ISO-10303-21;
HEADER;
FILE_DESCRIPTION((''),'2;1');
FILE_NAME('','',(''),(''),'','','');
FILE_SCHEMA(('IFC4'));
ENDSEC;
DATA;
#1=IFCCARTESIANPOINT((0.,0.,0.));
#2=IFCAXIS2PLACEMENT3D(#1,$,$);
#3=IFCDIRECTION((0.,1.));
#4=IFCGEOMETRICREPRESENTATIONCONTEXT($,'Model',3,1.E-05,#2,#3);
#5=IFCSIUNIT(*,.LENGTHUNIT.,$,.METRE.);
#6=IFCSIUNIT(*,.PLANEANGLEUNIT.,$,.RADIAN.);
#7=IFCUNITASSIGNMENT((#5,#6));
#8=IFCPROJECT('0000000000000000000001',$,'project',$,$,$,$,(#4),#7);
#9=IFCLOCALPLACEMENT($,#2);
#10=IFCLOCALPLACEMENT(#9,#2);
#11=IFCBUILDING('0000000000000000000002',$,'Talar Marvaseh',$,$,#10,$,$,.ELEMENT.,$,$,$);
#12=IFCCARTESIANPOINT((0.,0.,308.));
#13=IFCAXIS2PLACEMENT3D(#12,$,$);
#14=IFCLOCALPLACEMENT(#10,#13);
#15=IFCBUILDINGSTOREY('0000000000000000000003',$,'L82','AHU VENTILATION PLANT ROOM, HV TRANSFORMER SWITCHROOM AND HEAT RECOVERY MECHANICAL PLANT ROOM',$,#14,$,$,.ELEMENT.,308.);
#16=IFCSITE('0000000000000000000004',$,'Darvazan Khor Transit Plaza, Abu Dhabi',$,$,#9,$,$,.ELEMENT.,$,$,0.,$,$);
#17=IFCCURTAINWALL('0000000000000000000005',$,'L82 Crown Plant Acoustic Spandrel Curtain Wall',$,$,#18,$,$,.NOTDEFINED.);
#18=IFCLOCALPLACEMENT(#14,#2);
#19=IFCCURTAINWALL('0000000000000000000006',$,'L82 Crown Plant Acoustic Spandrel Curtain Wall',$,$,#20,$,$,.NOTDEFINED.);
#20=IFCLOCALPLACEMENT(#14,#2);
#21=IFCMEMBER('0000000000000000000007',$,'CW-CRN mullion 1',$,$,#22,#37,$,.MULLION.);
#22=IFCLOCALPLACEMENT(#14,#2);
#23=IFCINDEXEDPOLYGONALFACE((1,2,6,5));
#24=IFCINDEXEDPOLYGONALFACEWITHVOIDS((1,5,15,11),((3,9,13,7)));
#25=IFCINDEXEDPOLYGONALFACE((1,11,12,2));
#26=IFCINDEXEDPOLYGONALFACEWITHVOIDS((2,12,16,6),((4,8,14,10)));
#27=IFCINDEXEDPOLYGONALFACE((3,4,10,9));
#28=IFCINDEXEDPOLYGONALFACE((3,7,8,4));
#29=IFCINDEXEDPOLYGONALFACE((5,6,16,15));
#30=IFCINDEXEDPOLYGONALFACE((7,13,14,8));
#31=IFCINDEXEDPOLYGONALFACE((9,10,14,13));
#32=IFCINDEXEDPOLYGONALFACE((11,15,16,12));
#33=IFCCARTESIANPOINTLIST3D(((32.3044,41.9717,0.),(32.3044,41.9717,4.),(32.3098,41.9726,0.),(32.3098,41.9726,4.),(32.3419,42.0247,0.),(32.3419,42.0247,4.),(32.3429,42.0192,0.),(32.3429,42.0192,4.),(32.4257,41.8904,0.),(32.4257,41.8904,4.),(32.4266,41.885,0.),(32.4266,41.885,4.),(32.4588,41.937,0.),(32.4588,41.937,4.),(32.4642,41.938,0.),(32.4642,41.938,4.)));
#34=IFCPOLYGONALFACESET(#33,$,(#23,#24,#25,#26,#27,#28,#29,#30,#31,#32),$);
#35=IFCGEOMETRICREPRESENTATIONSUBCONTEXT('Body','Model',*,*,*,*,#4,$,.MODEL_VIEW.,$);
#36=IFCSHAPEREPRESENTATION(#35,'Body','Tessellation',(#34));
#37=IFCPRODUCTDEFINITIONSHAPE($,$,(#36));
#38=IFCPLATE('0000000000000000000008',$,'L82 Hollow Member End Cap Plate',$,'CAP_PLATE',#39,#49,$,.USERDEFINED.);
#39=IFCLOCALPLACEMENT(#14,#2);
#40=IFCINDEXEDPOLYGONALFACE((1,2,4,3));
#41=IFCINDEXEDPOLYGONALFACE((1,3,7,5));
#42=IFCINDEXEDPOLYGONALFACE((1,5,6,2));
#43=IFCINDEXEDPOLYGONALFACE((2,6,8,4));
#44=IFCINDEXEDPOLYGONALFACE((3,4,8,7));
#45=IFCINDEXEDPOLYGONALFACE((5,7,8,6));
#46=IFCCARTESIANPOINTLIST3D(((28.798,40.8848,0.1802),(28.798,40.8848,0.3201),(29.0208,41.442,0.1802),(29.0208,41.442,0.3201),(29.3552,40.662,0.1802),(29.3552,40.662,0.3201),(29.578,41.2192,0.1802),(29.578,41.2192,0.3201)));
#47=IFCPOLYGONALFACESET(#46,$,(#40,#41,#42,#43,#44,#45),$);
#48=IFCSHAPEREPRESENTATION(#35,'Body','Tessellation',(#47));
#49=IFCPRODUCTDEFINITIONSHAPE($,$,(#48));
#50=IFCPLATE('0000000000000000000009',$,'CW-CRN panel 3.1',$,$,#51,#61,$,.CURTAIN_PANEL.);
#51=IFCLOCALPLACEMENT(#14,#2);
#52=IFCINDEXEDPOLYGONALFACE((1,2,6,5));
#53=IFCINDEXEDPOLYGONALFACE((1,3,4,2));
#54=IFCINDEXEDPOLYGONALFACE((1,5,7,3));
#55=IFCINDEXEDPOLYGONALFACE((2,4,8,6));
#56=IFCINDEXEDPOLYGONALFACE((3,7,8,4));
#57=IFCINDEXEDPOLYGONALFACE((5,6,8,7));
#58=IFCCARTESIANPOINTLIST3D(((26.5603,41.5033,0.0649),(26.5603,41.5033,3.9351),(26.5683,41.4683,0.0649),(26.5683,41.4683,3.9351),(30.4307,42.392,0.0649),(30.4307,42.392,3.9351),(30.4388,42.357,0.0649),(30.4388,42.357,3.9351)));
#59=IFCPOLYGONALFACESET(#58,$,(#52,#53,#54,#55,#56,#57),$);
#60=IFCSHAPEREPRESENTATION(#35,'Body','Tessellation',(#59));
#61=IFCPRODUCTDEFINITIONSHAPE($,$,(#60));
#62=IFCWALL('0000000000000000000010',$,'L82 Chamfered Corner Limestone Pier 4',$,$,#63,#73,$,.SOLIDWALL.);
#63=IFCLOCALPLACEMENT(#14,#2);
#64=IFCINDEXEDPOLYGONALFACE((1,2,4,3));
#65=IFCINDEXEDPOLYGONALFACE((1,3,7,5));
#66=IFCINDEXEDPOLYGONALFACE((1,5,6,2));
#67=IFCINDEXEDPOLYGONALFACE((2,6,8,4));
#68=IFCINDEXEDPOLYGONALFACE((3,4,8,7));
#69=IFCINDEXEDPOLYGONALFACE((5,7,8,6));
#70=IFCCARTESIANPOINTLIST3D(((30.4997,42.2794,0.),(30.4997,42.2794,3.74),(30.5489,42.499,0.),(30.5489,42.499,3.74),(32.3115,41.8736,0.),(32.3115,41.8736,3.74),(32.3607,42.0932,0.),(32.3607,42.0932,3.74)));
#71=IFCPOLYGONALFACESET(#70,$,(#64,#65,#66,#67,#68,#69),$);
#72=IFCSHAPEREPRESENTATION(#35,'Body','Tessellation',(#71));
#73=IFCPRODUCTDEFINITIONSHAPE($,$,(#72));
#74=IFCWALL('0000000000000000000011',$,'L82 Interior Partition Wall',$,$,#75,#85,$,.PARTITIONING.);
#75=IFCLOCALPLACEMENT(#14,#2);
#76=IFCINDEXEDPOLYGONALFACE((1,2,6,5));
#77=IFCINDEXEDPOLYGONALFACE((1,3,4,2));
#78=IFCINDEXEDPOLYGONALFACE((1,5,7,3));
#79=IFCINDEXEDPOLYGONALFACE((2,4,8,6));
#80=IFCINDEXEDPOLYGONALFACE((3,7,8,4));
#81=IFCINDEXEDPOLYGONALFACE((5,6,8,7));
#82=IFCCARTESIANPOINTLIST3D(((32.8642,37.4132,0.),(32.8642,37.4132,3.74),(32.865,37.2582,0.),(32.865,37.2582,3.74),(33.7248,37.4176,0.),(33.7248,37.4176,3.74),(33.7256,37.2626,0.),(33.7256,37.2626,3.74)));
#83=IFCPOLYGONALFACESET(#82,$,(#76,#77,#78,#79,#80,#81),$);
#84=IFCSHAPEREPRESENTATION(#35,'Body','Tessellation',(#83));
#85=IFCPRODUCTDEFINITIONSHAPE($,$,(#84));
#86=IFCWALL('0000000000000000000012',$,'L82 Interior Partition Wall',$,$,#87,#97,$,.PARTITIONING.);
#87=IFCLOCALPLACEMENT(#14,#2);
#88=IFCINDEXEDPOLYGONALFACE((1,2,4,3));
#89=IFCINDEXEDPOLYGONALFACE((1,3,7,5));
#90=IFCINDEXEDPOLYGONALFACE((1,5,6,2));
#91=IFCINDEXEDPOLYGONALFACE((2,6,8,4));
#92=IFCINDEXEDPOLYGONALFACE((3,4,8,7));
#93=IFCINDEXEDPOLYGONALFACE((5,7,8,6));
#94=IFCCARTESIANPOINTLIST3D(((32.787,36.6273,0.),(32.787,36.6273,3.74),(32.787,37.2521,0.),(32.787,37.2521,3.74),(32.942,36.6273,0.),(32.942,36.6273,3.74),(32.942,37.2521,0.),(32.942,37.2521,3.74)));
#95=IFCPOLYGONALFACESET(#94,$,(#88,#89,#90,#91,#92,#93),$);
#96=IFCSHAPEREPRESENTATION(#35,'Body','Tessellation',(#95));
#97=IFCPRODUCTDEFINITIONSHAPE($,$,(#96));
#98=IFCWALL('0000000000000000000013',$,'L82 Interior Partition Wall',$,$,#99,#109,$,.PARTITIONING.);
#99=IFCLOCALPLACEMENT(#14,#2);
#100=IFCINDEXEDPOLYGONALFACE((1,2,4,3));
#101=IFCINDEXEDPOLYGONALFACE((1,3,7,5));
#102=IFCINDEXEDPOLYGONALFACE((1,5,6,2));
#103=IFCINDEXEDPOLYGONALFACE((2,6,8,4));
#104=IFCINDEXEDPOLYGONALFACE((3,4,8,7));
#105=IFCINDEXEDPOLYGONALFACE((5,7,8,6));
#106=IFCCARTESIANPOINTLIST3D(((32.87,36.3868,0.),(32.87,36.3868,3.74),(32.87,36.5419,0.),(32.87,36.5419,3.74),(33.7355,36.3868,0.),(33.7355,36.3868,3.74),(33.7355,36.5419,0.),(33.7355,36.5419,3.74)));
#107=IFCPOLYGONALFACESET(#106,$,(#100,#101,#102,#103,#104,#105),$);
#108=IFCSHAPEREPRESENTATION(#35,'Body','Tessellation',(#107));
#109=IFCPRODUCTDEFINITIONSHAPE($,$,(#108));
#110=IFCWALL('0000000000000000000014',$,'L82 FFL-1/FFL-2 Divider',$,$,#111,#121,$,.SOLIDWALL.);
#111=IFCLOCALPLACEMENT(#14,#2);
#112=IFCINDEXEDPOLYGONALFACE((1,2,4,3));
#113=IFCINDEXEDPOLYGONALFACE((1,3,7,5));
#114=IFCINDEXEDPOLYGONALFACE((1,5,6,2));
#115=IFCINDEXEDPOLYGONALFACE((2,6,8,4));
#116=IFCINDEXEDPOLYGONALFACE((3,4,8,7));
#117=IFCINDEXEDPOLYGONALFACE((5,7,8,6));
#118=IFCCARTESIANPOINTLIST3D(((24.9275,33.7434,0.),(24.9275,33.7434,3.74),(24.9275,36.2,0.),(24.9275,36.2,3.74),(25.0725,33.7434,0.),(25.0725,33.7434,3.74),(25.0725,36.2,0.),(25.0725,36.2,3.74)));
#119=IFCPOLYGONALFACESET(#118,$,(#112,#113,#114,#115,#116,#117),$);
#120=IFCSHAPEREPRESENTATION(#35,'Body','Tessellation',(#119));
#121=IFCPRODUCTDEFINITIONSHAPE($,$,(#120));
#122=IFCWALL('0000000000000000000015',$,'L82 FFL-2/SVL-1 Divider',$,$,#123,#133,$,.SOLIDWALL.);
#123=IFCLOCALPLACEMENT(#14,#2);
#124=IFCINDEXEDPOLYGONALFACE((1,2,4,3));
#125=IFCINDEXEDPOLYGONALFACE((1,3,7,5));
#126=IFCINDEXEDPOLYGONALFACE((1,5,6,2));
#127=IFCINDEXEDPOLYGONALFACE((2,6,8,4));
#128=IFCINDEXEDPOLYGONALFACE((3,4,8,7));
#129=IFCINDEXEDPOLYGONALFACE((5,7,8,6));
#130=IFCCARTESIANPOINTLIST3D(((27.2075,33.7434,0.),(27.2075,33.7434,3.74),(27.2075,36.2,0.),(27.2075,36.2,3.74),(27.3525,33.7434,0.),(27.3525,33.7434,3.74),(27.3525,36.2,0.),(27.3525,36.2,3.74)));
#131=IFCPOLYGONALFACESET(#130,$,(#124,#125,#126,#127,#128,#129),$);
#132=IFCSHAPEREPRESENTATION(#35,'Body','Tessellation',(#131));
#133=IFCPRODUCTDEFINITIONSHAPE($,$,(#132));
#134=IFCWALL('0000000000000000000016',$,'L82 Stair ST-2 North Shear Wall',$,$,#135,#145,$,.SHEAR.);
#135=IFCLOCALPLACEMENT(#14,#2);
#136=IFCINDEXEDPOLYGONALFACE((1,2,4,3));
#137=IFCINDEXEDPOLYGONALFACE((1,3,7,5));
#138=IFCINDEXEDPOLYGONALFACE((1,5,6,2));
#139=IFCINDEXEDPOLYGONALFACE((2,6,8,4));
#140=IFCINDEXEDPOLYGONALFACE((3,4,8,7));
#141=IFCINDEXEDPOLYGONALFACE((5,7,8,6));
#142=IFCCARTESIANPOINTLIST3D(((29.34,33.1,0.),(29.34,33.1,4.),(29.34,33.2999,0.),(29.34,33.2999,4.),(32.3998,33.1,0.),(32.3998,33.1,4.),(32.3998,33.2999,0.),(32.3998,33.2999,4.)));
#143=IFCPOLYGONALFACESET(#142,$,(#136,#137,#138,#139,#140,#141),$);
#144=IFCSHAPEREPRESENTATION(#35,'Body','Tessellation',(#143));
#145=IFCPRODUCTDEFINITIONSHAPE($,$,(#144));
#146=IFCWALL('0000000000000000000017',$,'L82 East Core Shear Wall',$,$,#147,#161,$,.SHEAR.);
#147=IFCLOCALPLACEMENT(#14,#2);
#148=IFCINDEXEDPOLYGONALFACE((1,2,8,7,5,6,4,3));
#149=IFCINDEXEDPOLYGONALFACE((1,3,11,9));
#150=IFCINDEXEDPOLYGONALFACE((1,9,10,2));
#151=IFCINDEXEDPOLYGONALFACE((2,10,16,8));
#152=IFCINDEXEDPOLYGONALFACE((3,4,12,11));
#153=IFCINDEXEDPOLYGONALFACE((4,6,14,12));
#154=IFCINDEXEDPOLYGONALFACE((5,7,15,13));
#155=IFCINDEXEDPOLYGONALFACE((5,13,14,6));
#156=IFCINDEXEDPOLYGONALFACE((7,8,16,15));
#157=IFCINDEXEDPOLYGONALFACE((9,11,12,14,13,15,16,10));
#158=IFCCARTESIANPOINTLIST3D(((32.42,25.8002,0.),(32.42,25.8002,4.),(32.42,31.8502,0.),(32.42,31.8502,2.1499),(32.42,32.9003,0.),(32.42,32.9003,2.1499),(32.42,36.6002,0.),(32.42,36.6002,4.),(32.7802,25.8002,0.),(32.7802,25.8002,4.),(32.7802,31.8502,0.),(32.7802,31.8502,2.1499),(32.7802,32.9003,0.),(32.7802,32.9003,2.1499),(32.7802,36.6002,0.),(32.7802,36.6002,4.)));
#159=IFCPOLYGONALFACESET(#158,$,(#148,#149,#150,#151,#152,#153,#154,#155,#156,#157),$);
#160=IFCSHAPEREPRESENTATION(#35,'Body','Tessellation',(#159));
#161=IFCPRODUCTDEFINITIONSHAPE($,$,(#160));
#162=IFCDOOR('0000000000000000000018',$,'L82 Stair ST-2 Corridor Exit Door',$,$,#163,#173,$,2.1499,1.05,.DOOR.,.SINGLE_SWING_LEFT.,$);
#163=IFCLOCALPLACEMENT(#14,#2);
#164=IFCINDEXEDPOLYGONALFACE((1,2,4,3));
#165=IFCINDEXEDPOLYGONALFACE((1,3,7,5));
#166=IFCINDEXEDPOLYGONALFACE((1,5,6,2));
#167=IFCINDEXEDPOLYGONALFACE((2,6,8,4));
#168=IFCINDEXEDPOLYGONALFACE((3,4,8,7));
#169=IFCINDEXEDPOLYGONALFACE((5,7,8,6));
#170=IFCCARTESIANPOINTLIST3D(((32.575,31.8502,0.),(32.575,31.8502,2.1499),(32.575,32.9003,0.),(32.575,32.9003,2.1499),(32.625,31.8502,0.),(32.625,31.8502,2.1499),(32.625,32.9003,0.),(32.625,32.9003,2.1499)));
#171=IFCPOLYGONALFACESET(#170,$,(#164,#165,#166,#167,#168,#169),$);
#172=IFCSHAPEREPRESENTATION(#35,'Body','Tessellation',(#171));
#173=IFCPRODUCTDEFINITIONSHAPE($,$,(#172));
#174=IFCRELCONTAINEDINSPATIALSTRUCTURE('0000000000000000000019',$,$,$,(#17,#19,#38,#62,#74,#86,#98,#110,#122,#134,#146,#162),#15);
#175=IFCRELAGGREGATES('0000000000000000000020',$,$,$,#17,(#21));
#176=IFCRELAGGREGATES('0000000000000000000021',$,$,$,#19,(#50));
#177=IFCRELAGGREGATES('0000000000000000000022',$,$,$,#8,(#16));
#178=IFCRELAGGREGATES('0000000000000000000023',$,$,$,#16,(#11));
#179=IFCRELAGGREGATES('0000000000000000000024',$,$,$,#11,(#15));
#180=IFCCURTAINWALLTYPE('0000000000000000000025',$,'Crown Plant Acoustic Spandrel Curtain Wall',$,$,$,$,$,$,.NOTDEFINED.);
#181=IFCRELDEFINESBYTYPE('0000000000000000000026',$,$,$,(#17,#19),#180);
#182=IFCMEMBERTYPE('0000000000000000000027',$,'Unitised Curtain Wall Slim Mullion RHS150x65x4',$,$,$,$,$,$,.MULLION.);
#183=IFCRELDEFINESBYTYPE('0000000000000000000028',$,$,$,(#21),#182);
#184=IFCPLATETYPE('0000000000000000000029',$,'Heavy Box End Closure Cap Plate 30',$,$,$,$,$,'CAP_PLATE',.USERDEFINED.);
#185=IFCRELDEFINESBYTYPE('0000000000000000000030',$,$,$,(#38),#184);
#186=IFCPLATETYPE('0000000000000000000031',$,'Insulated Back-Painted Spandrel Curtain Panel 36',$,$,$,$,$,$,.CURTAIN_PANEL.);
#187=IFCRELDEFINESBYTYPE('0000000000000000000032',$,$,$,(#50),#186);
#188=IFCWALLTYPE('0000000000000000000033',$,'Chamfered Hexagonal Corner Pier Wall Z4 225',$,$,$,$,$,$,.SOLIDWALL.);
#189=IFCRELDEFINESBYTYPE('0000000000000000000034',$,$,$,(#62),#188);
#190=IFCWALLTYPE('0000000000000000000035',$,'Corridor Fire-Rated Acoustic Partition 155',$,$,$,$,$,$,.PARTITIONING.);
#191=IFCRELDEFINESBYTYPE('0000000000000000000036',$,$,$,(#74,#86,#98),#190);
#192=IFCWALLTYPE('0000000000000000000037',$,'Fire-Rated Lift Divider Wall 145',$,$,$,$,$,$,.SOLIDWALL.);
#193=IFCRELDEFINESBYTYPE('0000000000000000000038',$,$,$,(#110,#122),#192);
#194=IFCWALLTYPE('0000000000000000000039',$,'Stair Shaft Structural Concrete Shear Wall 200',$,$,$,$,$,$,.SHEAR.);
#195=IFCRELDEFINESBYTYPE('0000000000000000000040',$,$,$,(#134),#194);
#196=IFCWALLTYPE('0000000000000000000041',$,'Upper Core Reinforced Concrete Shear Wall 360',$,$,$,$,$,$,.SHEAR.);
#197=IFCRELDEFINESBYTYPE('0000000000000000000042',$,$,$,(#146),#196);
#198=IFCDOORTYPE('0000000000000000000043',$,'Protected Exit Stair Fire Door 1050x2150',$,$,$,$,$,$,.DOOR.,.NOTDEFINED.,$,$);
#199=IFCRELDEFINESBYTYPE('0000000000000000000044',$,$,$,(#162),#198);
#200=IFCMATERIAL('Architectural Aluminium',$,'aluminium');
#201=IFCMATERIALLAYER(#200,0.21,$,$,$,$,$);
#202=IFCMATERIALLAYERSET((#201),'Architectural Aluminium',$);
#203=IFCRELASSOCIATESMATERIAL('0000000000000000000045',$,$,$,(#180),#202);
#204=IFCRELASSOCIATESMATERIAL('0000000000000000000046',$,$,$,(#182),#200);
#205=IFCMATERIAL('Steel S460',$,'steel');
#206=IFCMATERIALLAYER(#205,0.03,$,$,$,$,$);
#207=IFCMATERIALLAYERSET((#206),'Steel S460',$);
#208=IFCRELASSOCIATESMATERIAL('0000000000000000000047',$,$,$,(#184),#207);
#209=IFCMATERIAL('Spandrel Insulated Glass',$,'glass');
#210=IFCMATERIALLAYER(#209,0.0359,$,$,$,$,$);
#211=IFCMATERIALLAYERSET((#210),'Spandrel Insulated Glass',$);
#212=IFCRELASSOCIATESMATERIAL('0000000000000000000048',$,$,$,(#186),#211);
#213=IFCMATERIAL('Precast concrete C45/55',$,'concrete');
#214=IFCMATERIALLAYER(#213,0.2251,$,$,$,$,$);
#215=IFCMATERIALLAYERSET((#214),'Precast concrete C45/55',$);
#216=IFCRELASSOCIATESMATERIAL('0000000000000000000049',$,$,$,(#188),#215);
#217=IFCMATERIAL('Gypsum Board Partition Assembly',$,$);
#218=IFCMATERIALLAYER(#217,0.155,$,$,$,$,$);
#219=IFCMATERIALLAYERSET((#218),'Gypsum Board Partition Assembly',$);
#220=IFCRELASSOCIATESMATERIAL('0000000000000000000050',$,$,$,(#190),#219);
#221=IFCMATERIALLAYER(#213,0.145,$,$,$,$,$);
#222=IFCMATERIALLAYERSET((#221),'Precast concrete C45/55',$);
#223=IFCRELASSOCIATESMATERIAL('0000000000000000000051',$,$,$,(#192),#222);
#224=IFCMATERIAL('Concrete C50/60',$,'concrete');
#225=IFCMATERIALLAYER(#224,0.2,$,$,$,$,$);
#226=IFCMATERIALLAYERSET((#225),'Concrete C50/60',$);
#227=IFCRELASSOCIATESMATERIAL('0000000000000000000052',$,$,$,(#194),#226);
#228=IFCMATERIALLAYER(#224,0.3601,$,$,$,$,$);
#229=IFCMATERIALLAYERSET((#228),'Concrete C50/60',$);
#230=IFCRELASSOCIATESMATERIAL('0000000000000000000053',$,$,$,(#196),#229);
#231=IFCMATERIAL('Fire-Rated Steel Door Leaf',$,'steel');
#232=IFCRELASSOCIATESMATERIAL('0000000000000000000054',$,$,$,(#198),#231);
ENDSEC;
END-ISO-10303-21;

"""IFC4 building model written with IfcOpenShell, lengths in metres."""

from ifc_helpers import new_model, si_unit, direction, frame, frame_2d, origin, origin_2d, place, context, subcontext, project, spatial, rectangle, hollow_rectangle, extrude, source, transform, mapped, material, layer, layer_set, material_profile, profile_set, type_object, type_shapes, element, fill, aggregate, save


model = new_model("IFC4")

# Units and contexts
model_context = context("Model", 3, precision=1e-05, world=origin(), true_north=direction((0.0, 1.0)))
body_context = subcontext(model_context, "Body", "Model", "MODEL_VIEW")
ifc_project = project(units=[si_unit("LENGTHUNIT", "METRE"), si_unit("PLANEANGLEUNIT", "RADIAN")], contexts=[model_context])

# Site, building, storey
site_placement = place(None, origin())
site = spatial("IfcSite", under=ifc_project, at=site_placement, Name="Darvazan Khor Transit Plaza, Abu Dhabi", CompositionType="ELEMENT", RefElevation=0.0)
building_placement = place(site_placement, origin())
building = spatial("IfcBuilding", under=site, at=building_placement, Name="Talar Marvaseh", CompositionType="ELEMENT")
storey_placement = place(building_placement, frame((0.0, 0.0, 308.0)))
storey = spatial("IfcBuildingStorey", under=building, at=storey_placement, Name="L82", Description="AHU VENTILATION PLANT ROOM, HV TRANSFORMER SWITCHROOM AND HEAT RECOVERY MECHANICAL PLANT ROOM", CompositionType="ELEMENT", Elevation=308.0)

# Shared definitions
ifc_material_1 = material(Name="Steel S460", Category="steel")
ifc_material_2 = material(Name="Concrete C50/60", Category="concrete")

# Curtain walls
ifc_material_3 = material(Name="Architectural Aluminium", Category="aluminium")
ifc_layer_1 = layer(ifc_material_3, 0.21)
ifc_layer_set_1 = layer_set([ifc_layer_1], Name="Architectural Aluminium")
curtain_wall_type = type_object("IfcCurtainWallType", Name="Crown Plant Acoustic Spandrel Curtain Wall", PredefinedType="NOTDEFINED", material=ifc_layer_set_1)
curtain_wall_1_placement = place(storey_placement, origin())
curtain_wall_1 = element("IfcCurtainWall", 1, at=curtain_wall_1_placement, inside=storey, type_object=curtain_wall_type, Name="L82 Crown Plant Acoustic Spandrel Curtain Wall", PredefinedType="NOTDEFINED")
curtain_wall_2_placement = place(storey_placement, origin())
curtain_wall_2 = element("IfcCurtainWall", 2, at=curtain_wall_2_placement, inside=storey, type_object=curtain_wall_type, Name="L82 Crown Plant Acoustic Spandrel Curtain Wall", PredefinedType="NOTDEFINED")
ifc_material_profile_1 = material_profile(ifc_material_3, hollow_rectangle(XDim=0.0649, YDim=0.1499, WallThickness=0.0039, at=origin_2d()), Name="RHS150x65x4")
ifc_profile_set_1 = profile_set([ifc_material_profile_1], Name="Architectural Aluminium")
member_type_1 = type_object("IfcMemberType", Name="Unitised Curtain Wall Slim Mullion RHS150x65x4", PredefinedType="MULLION", material=ifc_profile_set_1)
shared_shape_1 = source(origin(), body_context, "Body", "SweptSolid", [
    extrude(hollow_rectangle(XDim=0.0649, YDim=0.1499, WallThickness=0.0039, at=origin_2d()), origin(), (0.0, 0.0, 1.0), 4.0),
])
type_shapes(member_type_1, [shared_shape_1])

# Member
member_1_placement = place(storey_placement, frame((32.3843, 41.9548, 0.0), z_axis=(0.0, 0.0, 1.0), x_axis=(0.578513, 0.815673, 0.0)))
member_1 = element("IfcMember", 3, at=member_1_placement, type_object=member_type_1, Name="CW-CRN mullion 1", PredefinedType="MULLION", context=body_context, shape_type="MappedRepresentation", body=[
    mapped(shared_shape_1, transform((0.0, 0.0, 0.0), x_axis=(1.0, 0.0, 0.0), y_axis=(0.0, 1.0, 0.0), z_axis=(0.0, 0.0, 1.0), scale=1.0)),
])
aggregate(curtain_wall_1, [member_1])

# Plates
ifc_layer_2 = layer(ifc_material_1, 0.03)
ifc_layer_set_2 = layer_set([ifc_layer_2], Name="Steel S460")
plate_type_1 = type_object("IfcPlateType", Name="Heavy Box End Closure Cap Plate 30", ElementType="CAP_PLATE", PredefinedType="USERDEFINED", material=ifc_layer_set_2)
shared_shape_2 = source(origin(), body_context, "Body", "SweptSolid", [
    extrude(rectangle(XDim=0.6001, YDim=0.6001, at=origin_2d()), origin(), (0.0, 0.0, 1.0), 0.1399),
])
type_shapes(plate_type_1, [shared_shape_2])
plate_1_placement = place(storey_placement, frame((29.188, 41.052, 0.1802), z_axis=(0.0, 0.0, 1.0), x_axis=(0.928486, -0.371368, 0.0)))
element("IfcPlate", 4, at=plate_1_placement, inside=storey, type_object=plate_type_1, Name="L82 Hollow Member End Cap Plate", ObjectType="CAP_PLATE", PredefinedType="USERDEFINED", context=body_context, shape_type="MappedRepresentation", body=[
    mapped(shared_shape_2, transform((0.0, 0.0, 0.0), x_axis=(1.0, 0.0, 0.0), y_axis=(0.0, 1.0, 0.0), z_axis=(0.0, 0.0, 1.0), scale=1.0)),
])
ifc_material_4 = material(Name="Spandrel Insulated Glass", Category="glass")
ifc_layer_3 = layer(ifc_material_4, 0.0359)
ifc_layer_set_3 = layer_set([ifc_layer_3], Name="Spandrel Insulated Glass")
plate_type_2 = type_object("IfcPlateType", Name="Insulated Back-Painted Spandrel Curtain Panel 36", PredefinedType="CURTAIN_PANEL", material=ifc_layer_set_3)
shared_shape_3 = source(origin(), body_context, "Body", "SweptSolid", [
    extrude(rectangle(XDim=3.9712, YDim=0.0359, at=origin_2d()), origin(), (0.0, 0.0, 1.0), 3.8701),
])
type_shapes(plate_type_2, [shared_shape_3])
plate_2_placement = place(storey_placement, frame((28.4995, 41.9302, 0.0649), z_axis=(0.0, 0.0, 1.0), x_axis=(0.974637, 0.223792, 0.0)))
plate_2 = element("IfcPlate", 5, at=plate_2_placement, type_object=plate_type_2, Name="CW-CRN panel 3.1", PredefinedType="CURTAIN_PANEL", context=body_context, shape_type="MappedRepresentation", body=[
    mapped(shared_shape_3, transform((0.0, 0.0, 0.0), x_axis=(1.0, 0.0, 0.0), y_axis=(0.0, 1.0, 0.0), z_axis=(0.0, 0.0, 1.0), scale=1.0)),
])
aggregate(curtain_wall_2, [plate_2])

# Walls
ifc_material_5 = material(Name="Precast concrete C45/55", Category="concrete")
ifc_layer_4 = layer(ifc_material_5, 0.2251)
ifc_layer_set_4 = layer_set([ifc_layer_4], Name="Precast concrete C45/55")
wall_type_1 = type_object("IfcWallType", Name="Chamfered Hexagonal Corner Pier Wall Z4 225", PredefinedType="SOLIDWALL", material=ifc_layer_set_4)
wall_1_placement = place(storey_placement, frame((30.5244, 42.3892, 0.0), z_axis=(0.0, 0.0, 1.0), x_axis=(0.975827, -0.218545, 0.0)))
element("IfcWall", 6, at=wall_1_placement, inside=storey, type_object=wall_type_1, Name="L82 Chamfered Corner Limestone Pier 4", PredefinedType="SOLIDWALL", context=body_context, shape_type="SweptSolid", body=[
    extrude(rectangle(XDim=1.8567, YDim=0.2251, at=frame_2d((0.9282, 0.0))), origin(), (0.0, 0.0, 1.0), 3.74),
])
ifc_material_6 = material(Name="Gypsum Board Partition Assembly")
ifc_layer_5 = layer(ifc_material_6, 0.155)
ifc_layer_set_5 = layer_set([ifc_layer_5], Name="Gypsum Board Partition Assembly")
wall_type_2 = type_object("IfcWallType", Name="Corridor Fire-Rated Acoustic Partition 155", PredefinedType="PARTITIONING", material=ifc_layer_set_5)
wall_2_placement = place(storey_placement, frame((33.7251, 37.3401, 0.0), z_axis=(0.0, 0.0, 1.0), x_axis=(-0.999987, -0.005106, 0.0)))
element("IfcWall", 7, at=wall_2_placement, inside=storey, type_object=wall_type_2, Name="L82 Interior Partition Wall", PredefinedType="PARTITIONING", context=body_context, shape_type="SweptSolid", body=[
    extrude(rectangle(XDim=0.8606, YDim=0.155, at=frame_2d((0.4302, 0.0))), origin(), (0.0, 0.0, 1.0), 3.74),
])
wall_3_placement = place(storey_placement, frame((32.8645, 37.2522, 0.0), z_axis=(0.0, 0.0, 1.0), x_axis=(0.0, -1.0, 0.0)))
element("IfcWall", 8, at=wall_3_placement, inside=storey, type_object=wall_type_2, Name="L82 Interior Partition Wall", PredefinedType="PARTITIONING", context=body_context, shape_type="SweptSolid", body=[
    extrude(rectangle(XDim=0.6248, YDim=0.155, at=frame_2d((0.3125, 0.0))), origin(), (0.0, 0.0, 1.0), 3.74),
])
wall_4_placement = place(storey_placement, frame((32.8701, 36.4644, 0.0), z_axis=(0.0, 0.0, 1.0), x_axis=(1.0, 0.0, 0.0)))
element("IfcWall", 9, at=wall_4_placement, inside=storey, type_object=wall_type_2, Name="L82 Interior Partition Wall", PredefinedType="PARTITIONING", context=body_context, shape_type="SweptSolid", body=[
    extrude(rectangle(XDim=0.8655, YDim=0.155, at=frame_2d((0.4326, 0.0))), origin(), (0.0, 0.0, 1.0), 3.74),
])
ifc_layer_6 = layer(ifc_material_5, 0.145)
ifc_layer_set_6 = layer_set([ifc_layer_6], Name="Precast concrete C45/55")
wall_type_3 = type_object("IfcWallType", Name="Fire-Rated Lift Divider Wall 145", PredefinedType="SOLIDWALL", material=ifc_layer_set_6)
for number, where, z_axis, x_axis, name in (
    (10, (25.0, 33.7434, 0.0), (0.0, 0.0, 1.0), (0.0, 1.0, 0.0), "L82 FFL-1/FFL-2 Divider"),
    (11, (27.28, 33.7434, 0.0), (0.0, 0.0, 1.0), (0.0, 1.0, 0.0), "L82 FFL-2/SVL-1 Divider"),
):
    element("IfcWall", number, at=place(storey_placement, frame(where, z_axis=z_axis, x_axis=x_axis)), inside=storey, type_object=wall_type_3, Name=name, PredefinedType="SOLIDWALL", context=body_context, shape_type="SweptSolid", body=[
        extrude(rectangle(XDim=2.4565, YDim=0.145, at=frame_2d((1.2283, 0.0))), origin(), (0.0, 0.0, 1.0), 3.74),
    ])
ifc_layer_7 = layer(ifc_material_2, 0.2)
ifc_layer_set_7 = layer_set([ifc_layer_7], Name="Concrete C50/60")
wall_type_4 = type_object("IfcWallType", Name="Stair Shaft Structural Concrete Shear Wall 200", PredefinedType="SHEAR", material=ifc_layer_set_7)
wall_5_placement = place(storey_placement, frame((29.3401, 33.2, 0.0), z_axis=(0.0, 0.0, 1.0), x_axis=(1.0, 0.0, 0.0)))
element("IfcWall", 12, at=wall_5_placement, inside=storey, type_object=wall_type_4, Name="L82 Stair ST-2 North Shear Wall", PredefinedType="SHEAR", context=body_context, shape_type="SweptSolid", body=[
    extrude(rectangle(XDim=3.0598, YDim=0.2, at=frame_2d((1.5298, 0.0))), origin(), (0.0, 0.0, 1.0), 4.0),
])

# Wall, opening, door
ifc_layer_8 = layer(ifc_material_2, 0.3601)
ifc_layer_set_8 = layer_set([ifc_layer_8], Name="Concrete C50/60")
wall_type_5 = type_object("IfcWallType", Name="Upper Core Reinforced Concrete Shear Wall 360", PredefinedType="SHEAR", material=ifc_layer_set_8)
wall_6_placement = place(storey_placement, frame((32.6001, 36.6001, 0.0), z_axis=(0.0, 0.0, 1.0), x_axis=(0.0, -1.0, 0.0)))
wall_6 = element("IfcWall", 13, at=wall_6_placement, inside=storey, type_object=wall_type_5, Name="L82 East Core Shear Wall", PredefinedType="SHEAR", context=body_context, shape_type="SweptSolid", body=[
    extrude(rectangle(XDim=10.8, YDim=0.3601, at=frame_2d((5.3999, 0.0))), origin(), (0.0, 0.0, 1.0), 4.0),
])
opening_placement = place(wall_6_placement, frame((3.7, 0.0, 0.0)))
opening = element("IfcOpeningElement", 14, at=opening_placement, cuts=wall_6, PredefinedType="OPENING", context=body_context, shape_type="SweptSolid", body=[
    extrude(rectangle(XDim=1.05, YDim=2.1499, at=frame_2d((0.5249, 1.075))), frame((0.0, 0.1899, 0.0), z_axis=(0.0, -1.0, 0.0), x_axis=(1.0, 0.0, 0.0)), (0.0, 0.0, 1.0), 0.3801),
])
ifc_material_7 = material(Name="Fire-Rated Steel Door Leaf", Category="steel")
door_type = type_object("IfcDoorType", Name="Protected Exit Stair Fire Door 1050x2150", OperationType="NOTDEFINED", PredefinedType="DOOR", material=ifc_material_7)
shared_shape_4 = source(origin(), body_context, "Body", "SweptSolid", [
    extrude(rectangle(XDim=1.05, YDim=2.1499, at=frame_2d((0.5249, 1.075))), frame((0.0, 0.0249, 0.0), z_axis=(0.0, -1.0, 0.0), x_axis=(1.0, 0.0, 0.0)), (0.0, 0.0, 1.0), 0.05),
])
type_shapes(door_type, [shared_shape_4])
door_placement = place(opening_placement, origin())
door = element("IfcDoor", 15, at=door_placement, inside=storey, type_object=door_type, Name="L82 Stair ST-2 Corridor Exit Door", OperationType="SINGLE_SWING_LEFT", OverallHeight=2.1499, OverallWidth=1.05, PredefinedType="DOOR", context=body_context, shape_type="MappedRepresentation", body=[
    mapped(shared_shape_4, transform((0.0, 0.0, 0.0), x_axis=(1.0, 0.0, 0.0), y_axis=(0.0, 1.0, 0.0), z_axis=(0.0, 0.0, 1.0), scale=1.0)),
])
fill(opening, door)

save(model, "model.ifc")
